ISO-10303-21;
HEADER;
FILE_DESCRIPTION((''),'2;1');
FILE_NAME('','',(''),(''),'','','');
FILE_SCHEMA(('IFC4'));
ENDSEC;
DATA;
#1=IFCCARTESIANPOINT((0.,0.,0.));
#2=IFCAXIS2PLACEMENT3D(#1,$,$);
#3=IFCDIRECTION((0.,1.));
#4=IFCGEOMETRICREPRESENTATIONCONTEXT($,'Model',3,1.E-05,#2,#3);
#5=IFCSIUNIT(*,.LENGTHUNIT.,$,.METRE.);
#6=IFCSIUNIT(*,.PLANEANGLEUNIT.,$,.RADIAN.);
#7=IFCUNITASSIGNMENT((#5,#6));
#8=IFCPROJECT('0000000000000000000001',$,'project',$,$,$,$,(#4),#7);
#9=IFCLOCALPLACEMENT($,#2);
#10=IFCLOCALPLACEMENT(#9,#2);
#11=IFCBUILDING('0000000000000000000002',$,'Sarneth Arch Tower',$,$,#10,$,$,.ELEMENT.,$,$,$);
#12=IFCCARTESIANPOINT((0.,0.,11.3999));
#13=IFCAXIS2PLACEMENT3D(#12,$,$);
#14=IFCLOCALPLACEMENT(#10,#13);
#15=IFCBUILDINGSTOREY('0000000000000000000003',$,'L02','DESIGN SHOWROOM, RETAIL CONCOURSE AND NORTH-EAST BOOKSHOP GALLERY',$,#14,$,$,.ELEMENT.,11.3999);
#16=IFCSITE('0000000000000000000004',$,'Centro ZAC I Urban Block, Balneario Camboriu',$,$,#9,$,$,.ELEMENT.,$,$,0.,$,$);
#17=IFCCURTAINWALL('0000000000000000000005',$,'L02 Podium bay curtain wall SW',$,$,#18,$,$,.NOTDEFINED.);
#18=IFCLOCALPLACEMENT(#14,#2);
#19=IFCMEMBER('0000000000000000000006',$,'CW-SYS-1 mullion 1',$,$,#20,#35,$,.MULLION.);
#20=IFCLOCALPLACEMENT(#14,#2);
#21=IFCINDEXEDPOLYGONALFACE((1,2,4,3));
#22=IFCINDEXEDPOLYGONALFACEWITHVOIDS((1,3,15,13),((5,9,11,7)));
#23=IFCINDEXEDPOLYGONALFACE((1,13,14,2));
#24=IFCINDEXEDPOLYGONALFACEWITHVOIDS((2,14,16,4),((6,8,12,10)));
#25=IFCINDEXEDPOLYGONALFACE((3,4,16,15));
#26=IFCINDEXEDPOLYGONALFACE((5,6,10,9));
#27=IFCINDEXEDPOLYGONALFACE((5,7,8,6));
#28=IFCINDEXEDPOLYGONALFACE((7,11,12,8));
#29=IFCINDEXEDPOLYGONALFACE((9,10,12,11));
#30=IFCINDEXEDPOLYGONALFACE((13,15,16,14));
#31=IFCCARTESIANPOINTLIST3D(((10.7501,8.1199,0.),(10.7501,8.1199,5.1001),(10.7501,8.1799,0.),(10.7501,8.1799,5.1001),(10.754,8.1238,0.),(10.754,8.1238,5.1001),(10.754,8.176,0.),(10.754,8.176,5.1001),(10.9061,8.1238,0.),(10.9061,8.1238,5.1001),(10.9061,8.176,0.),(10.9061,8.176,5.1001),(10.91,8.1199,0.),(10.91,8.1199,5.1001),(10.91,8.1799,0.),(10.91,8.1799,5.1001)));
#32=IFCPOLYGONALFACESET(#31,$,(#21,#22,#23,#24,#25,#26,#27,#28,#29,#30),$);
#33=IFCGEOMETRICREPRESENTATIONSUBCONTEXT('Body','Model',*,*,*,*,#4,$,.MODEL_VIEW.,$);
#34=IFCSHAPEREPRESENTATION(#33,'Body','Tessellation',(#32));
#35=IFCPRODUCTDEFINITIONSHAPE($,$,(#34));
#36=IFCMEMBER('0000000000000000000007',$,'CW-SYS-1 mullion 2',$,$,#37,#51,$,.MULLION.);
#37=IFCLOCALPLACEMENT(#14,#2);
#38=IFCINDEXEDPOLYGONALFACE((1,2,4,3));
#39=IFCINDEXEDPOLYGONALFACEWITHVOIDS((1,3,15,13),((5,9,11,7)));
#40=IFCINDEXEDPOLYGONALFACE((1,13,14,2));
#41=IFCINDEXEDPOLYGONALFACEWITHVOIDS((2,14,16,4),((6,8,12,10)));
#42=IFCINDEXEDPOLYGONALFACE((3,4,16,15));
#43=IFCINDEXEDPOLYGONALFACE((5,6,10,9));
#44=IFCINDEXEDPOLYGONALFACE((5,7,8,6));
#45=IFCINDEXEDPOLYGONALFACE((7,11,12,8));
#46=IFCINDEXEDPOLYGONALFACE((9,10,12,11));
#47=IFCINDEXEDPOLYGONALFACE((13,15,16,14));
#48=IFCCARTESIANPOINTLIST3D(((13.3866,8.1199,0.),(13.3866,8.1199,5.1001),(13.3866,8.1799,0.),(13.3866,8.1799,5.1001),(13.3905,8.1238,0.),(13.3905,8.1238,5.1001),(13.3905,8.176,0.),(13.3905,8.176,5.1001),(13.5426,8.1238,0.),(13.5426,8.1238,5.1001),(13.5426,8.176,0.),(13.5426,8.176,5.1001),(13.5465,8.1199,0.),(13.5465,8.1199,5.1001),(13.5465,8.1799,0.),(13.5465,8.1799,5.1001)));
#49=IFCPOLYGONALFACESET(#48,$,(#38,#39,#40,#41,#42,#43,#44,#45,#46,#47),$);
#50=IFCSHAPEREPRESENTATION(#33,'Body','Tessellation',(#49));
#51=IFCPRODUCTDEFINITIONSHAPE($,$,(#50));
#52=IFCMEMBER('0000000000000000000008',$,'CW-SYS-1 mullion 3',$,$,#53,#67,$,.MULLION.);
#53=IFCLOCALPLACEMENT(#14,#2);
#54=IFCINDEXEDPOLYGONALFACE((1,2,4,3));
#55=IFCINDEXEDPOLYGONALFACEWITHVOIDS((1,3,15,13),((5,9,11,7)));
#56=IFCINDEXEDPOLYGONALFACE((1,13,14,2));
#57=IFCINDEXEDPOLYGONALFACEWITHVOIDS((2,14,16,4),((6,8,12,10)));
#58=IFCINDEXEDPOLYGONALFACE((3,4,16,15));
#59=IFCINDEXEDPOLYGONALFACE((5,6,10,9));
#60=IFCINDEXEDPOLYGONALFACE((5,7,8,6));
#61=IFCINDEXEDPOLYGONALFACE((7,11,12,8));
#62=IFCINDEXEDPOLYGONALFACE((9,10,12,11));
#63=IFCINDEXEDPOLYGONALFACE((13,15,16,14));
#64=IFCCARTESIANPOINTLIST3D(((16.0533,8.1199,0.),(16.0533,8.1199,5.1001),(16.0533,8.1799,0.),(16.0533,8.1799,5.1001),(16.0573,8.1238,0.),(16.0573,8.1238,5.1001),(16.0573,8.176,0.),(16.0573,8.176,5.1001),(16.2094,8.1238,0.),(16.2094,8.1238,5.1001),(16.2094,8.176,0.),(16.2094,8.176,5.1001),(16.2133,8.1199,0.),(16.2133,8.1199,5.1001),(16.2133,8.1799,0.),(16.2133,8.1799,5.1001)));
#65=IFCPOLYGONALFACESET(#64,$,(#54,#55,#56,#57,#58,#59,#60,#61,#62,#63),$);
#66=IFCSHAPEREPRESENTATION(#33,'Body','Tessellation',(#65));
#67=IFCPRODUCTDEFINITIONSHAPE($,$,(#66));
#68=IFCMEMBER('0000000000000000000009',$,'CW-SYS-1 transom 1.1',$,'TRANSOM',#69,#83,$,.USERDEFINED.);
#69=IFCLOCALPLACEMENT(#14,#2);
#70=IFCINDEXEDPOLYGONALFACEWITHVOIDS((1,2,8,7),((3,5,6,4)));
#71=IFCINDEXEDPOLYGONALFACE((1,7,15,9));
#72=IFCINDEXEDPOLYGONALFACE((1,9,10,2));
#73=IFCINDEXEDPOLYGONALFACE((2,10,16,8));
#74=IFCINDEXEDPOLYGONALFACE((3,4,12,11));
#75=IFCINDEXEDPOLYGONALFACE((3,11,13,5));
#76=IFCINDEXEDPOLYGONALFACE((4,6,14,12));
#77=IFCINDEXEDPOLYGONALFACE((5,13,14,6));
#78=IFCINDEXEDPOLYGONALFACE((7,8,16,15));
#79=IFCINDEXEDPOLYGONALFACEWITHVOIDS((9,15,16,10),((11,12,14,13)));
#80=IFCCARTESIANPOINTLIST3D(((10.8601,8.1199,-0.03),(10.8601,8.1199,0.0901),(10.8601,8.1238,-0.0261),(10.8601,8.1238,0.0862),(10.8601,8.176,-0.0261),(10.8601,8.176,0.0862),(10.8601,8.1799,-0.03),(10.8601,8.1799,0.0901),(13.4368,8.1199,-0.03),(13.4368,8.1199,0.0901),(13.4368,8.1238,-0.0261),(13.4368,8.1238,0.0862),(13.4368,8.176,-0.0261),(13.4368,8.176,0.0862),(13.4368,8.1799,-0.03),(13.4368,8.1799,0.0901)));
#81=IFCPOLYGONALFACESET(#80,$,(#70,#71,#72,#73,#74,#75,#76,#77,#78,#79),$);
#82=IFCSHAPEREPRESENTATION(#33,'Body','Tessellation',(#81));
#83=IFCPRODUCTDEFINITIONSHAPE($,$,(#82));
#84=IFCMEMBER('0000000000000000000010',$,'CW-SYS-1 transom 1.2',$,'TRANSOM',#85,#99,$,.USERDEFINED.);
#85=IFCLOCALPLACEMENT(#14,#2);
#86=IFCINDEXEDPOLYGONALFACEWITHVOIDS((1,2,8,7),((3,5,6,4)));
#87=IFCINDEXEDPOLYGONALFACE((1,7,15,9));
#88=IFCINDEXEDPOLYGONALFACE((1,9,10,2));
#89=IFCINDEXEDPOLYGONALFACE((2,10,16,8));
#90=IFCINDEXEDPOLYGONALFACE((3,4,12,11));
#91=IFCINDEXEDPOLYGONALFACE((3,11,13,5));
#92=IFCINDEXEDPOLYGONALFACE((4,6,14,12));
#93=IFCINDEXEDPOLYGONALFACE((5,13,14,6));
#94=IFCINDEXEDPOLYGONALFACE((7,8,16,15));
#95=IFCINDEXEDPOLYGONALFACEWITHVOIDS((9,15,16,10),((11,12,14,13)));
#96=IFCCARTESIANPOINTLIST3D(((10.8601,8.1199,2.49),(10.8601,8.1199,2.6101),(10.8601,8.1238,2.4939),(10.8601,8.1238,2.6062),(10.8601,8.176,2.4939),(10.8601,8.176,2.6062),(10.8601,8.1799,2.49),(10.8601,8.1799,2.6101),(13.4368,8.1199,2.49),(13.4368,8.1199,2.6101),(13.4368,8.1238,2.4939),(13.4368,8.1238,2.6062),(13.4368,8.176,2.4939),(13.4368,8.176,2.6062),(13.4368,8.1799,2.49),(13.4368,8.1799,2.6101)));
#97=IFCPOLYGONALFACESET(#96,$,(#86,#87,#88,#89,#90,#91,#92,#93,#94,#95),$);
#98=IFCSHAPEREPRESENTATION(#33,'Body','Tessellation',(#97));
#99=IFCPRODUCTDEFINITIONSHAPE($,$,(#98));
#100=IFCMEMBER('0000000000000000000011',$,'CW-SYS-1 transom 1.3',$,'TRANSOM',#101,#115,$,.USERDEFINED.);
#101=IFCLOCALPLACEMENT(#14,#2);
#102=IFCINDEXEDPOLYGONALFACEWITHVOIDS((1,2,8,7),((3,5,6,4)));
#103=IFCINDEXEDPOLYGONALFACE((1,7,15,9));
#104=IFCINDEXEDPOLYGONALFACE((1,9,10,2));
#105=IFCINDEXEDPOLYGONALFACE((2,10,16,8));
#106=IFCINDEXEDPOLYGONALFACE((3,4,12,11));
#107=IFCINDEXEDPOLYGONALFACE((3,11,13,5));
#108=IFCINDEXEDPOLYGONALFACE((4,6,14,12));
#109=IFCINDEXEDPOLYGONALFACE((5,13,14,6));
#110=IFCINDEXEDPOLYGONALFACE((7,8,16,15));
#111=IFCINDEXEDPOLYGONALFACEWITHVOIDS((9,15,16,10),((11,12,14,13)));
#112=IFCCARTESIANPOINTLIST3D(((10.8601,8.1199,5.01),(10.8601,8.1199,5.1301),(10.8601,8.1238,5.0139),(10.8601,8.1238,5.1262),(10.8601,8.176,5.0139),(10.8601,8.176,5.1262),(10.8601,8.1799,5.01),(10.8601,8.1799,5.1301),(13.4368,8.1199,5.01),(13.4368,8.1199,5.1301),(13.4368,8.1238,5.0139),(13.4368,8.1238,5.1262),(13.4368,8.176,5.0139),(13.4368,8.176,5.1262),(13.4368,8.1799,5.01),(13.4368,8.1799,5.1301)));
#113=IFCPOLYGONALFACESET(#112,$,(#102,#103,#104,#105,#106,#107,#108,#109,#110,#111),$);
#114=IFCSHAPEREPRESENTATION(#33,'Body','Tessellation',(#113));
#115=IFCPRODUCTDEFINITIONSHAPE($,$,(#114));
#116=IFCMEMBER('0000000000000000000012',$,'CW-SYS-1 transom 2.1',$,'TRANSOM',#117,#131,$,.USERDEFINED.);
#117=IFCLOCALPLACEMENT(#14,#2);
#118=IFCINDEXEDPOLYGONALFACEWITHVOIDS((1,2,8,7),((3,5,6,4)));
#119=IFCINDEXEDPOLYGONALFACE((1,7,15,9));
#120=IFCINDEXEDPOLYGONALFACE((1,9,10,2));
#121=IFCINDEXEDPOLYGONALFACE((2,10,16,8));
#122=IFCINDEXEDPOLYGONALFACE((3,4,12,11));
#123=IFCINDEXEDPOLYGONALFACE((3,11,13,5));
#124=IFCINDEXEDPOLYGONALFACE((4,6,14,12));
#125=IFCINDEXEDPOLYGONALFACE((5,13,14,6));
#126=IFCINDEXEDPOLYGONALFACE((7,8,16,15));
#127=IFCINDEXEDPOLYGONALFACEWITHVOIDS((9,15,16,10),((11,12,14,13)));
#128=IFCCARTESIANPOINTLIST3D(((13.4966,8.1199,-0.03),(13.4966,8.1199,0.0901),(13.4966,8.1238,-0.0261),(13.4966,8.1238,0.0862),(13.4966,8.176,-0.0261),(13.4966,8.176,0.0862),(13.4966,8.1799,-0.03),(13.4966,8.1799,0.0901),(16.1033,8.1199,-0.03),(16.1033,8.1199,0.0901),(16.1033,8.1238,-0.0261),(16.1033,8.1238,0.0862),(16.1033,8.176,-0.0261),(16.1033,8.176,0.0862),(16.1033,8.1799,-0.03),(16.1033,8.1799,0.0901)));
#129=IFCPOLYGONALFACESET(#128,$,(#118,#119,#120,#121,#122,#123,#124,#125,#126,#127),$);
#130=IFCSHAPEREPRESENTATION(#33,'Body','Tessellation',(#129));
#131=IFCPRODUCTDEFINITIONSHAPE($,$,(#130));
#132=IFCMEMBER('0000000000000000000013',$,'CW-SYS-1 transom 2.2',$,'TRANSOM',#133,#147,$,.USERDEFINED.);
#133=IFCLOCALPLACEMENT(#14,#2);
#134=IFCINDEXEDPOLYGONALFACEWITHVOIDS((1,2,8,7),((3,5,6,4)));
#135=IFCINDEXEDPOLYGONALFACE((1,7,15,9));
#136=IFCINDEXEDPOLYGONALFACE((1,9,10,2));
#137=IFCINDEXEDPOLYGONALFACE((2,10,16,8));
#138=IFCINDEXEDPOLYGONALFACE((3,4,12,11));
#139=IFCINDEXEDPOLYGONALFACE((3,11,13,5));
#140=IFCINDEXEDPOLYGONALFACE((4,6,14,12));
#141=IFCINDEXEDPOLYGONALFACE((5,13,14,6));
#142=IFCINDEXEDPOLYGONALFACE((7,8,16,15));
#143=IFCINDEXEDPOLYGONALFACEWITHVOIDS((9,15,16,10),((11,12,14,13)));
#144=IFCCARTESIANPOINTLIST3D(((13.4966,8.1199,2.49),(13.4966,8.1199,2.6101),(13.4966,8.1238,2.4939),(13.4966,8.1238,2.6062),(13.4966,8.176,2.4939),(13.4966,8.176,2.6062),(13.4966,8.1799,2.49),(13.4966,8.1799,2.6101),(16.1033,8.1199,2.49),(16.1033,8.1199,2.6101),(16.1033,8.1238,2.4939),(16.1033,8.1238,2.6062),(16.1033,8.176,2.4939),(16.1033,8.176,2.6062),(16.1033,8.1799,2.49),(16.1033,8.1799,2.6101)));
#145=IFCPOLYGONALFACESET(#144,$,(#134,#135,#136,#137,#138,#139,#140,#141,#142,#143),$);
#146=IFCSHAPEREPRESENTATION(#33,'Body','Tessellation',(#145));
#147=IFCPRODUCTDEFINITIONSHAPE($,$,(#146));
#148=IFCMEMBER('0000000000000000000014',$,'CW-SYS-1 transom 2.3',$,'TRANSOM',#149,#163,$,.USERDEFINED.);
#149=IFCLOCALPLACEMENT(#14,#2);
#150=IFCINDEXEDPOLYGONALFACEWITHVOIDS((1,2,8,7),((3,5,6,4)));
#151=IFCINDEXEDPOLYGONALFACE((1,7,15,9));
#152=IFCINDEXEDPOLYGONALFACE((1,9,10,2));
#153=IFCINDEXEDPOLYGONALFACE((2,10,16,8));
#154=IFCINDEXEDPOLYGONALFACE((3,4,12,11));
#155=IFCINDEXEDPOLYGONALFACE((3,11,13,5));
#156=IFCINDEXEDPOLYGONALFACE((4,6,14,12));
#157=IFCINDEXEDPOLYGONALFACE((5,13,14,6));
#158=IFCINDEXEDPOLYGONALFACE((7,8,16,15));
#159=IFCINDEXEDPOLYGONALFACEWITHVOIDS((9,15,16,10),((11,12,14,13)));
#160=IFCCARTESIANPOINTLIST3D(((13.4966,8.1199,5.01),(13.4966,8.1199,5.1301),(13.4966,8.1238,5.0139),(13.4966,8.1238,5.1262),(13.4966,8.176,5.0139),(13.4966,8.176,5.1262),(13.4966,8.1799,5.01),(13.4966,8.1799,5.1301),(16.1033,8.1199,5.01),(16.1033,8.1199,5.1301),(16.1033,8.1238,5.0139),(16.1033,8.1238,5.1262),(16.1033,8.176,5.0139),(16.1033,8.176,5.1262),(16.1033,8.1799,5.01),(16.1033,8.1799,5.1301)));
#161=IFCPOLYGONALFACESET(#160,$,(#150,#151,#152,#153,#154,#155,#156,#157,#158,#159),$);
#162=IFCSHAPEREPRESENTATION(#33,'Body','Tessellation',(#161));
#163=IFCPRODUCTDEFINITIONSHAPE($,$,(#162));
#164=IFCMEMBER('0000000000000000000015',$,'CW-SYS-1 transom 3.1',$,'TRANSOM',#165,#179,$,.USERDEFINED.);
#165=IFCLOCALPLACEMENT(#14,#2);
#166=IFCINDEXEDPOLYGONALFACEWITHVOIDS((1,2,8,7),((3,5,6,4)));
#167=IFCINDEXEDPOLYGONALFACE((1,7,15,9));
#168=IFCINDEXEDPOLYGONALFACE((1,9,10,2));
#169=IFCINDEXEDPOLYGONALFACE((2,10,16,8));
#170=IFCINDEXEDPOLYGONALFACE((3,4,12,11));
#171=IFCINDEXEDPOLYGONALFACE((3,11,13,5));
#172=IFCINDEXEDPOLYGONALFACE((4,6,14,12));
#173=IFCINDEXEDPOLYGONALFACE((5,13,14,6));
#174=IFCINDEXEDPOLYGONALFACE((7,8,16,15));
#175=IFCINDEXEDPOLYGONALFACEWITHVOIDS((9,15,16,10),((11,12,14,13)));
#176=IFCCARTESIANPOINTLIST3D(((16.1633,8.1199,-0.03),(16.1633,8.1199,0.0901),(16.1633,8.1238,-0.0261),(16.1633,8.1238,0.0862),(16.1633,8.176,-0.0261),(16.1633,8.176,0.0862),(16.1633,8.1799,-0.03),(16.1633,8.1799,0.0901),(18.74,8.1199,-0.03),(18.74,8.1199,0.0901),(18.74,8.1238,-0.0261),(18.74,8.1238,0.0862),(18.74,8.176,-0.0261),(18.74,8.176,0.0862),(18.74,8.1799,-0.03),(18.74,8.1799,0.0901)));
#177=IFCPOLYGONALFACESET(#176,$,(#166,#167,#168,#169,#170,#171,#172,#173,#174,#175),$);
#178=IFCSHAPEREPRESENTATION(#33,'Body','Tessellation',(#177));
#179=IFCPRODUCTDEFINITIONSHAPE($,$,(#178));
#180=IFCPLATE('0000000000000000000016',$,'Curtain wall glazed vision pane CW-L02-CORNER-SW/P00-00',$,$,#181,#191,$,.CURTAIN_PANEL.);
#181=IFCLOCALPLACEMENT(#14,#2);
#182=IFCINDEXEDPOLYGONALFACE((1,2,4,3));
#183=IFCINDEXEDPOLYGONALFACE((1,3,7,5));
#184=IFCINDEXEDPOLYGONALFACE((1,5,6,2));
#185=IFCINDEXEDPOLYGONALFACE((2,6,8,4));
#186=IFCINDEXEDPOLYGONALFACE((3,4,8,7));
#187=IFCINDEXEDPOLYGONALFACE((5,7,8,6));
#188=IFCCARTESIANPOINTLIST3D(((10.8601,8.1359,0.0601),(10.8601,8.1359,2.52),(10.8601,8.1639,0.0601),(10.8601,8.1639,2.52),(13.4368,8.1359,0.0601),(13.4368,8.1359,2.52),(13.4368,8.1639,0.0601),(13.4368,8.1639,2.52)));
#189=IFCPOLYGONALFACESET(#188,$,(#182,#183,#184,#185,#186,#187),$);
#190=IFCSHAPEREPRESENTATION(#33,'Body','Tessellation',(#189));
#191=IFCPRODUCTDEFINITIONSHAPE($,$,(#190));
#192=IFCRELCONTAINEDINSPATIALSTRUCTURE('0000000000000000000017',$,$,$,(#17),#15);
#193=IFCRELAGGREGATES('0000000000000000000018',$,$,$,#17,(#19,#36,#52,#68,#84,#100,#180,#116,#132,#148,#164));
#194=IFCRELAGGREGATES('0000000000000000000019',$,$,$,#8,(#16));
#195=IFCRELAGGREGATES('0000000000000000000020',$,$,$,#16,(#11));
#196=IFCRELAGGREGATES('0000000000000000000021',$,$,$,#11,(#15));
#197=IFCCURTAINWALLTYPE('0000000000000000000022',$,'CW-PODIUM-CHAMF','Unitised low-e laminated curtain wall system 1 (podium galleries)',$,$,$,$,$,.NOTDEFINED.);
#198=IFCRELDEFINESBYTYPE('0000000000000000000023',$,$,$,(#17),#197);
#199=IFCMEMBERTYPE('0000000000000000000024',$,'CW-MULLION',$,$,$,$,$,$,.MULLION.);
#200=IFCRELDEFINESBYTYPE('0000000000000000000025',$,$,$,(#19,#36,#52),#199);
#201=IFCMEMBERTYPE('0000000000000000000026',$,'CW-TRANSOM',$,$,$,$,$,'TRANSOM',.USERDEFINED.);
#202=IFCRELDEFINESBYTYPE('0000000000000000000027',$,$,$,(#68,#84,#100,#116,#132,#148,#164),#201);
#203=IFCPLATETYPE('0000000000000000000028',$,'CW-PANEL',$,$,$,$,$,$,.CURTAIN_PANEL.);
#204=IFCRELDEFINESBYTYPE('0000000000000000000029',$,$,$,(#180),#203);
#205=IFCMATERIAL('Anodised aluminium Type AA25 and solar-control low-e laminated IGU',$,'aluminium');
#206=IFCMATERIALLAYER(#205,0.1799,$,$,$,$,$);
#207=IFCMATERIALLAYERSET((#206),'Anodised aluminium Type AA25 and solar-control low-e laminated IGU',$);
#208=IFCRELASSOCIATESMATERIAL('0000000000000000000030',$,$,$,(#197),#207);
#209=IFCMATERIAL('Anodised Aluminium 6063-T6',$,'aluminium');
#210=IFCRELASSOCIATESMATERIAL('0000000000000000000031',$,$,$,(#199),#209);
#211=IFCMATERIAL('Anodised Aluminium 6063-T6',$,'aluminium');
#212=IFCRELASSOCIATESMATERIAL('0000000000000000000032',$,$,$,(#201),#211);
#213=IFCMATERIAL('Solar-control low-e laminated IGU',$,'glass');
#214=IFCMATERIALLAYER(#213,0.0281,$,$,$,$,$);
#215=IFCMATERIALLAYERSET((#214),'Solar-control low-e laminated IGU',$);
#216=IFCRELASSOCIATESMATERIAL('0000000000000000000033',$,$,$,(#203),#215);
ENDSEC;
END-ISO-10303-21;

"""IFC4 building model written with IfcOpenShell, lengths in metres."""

from ifc_helpers import new_model, si_unit, direction, frame, origin, origin_2d, place, context, subcontext, project, spatial, rectangle, hollow_rectangle, extrude, material, layer, layer_set, material_profile, profile_set, type_object, element, aggregate, save


model = new_model("IFC4")

# Units and contexts
model_context = context("Model", 3, precision=1e-05, world=origin(), true_north=direction((0.0, 1.0)))
body_context = subcontext(model_context, "Body", "Model", "MODEL_VIEW")
ifc_project = project(units=[si_unit("LENGTHUNIT", "METRE"), si_unit("PLANEANGLEUNIT", "RADIAN")], contexts=[model_context])

# Site, building, storey
site_placement = place(None, origin())
site = spatial("IfcSite", under=ifc_project, at=site_placement, Name="Centro ZAC I Urban Block, Balneario Camboriu", CompositionType="ELEMENT", RefElevation=0.0)
building_placement = place(site_placement, origin())
building = spatial("IfcBuilding", under=site, at=building_placement, Name="Sarneth Arch Tower", CompositionType="ELEMENT")
storey_placement = place(building_placement, frame((0.0, 0.0, 11.3999)))
storey = spatial("IfcBuildingStorey", under=building, at=storey_placement, Name="L02", Description="DESIGN SHOWROOM, RETAIL CONCOURSE AND NORTH-EAST BOOKSHOP GALLERY", CompositionType="ELEMENT", Elevation=11.3999)

# Curtain wall, members, plate
ifc_material_1 = material(Name="Anodised aluminium Type AA25 and solar-control low-e laminated IGU", Category="aluminium")
ifc_layer_1 = layer(ifc_material_1, 0.1799)
ifc_layer_set_1 = layer_set([ifc_layer_1], Name="Anodised aluminium Type AA25 and solar-control low-e laminated IGU")
curtain_wall_type = type_object("IfcCurtainWallType", Name="CW-PODIUM-CHAMF", Description="Unitised low-e laminated curtain wall system 1 (podium galleries)", PredefinedType="NOTDEFINED", material=ifc_layer_set_1)
curtain_wall_placement = place(storey_placement, origin())
curtain_wall = element("IfcCurtainWall", 1, at=curtain_wall_placement, inside=storey, type_object=curtain_wall_type, Name="L02 Podium bay curtain wall SW", PredefinedType="NOTDEFINED")
ifc_material_2 = material(Name="Anodised Aluminium 6063-T6", Category="aluminium")
ifc_material_profile_1 = material_profile(ifc_material_2, hollow_rectangle(XDim=0.0601, YDim=0.1599, WallThickness=0.0039, at=origin_2d()), Name="AL-MULL-160x60x4")
ifc_profile_set_1 = profile_set([ifc_material_profile_1], Name="Anodised Aluminium 6063-T6")
member_type_1 = type_object("IfcMemberType", Name="CW-MULLION", PredefinedType="MULLION", material=ifc_profile_set_1)
member_1_placement = place(storey_placement, frame((10.8301, 8.1499, 0.0), z_axis=(0.0, 0.0, 1.0), x_axis=(0.0, 1.0, 0.0)))
member_1 = element("IfcMember", 2, at=member_1_placement, type_object=member_type_1, Name="CW-SYS-1 mullion 1", PredefinedType="MULLION", context=body_context, shape_type="SweptSolid", body=[
    extrude(hollow_rectangle(XDim=0.0601, YDim=0.1599, WallThickness=0.0039, at=origin_2d()), origin(), (0.0, 0.0, 1.0), 5.1001),
])
member_2_placement = place(storey_placement, frame((13.4666, 8.1499, 0.0), z_axis=(0.0, 0.0, 1.0), x_axis=(0.0, 1.0, 0.0)))
member_2 = element("IfcMember", 3, at=member_2_placement, type_object=member_type_1, Name="CW-SYS-1 mullion 2", PredefinedType="MULLION", context=body_context, shape_type="SweptSolid", body=[
    extrude(hollow_rectangle(XDim=0.0601, YDim=0.1599, WallThickness=0.0039, at=origin_2d()), origin(), (0.0, 0.0, 1.0), 5.1001),
])
member_3_placement = place(storey_placement, frame((16.1333, 8.1499, 0.0), z_axis=(0.0, 0.0, 1.0), x_axis=(0.0, 1.0, 0.0)))
member_3 = element("IfcMember", 4, at=member_3_placement, type_object=member_type_1, Name="CW-SYS-1 mullion 3", PredefinedType="MULLION", context=body_context, shape_type="SweptSolid", body=[
    extrude(hollow_rectangle(XDim=0.0601, YDim=0.1599, WallThickness=0.0039, at=origin_2d()), origin(), (0.0, 0.0, 1.0), 5.1001),
])
ifc_material_3 = material(Name="Anodised Aluminium 6063-T6", Category="aluminium")
ifc_material_profile_2 = material_profile(ifc_material_3, hollow_rectangle(XDim=0.0601, YDim=0.1201, WallThickness=0.0039, at=origin_2d()), Name="AL-TRAN-120x60x4")
ifc_profile_set_2 = profile_set([ifc_material_profile_2], Name="Anodised Aluminium 6063-T6")
member_type_2 = type_object("IfcMemberType", Name="CW-TRANSOM", ElementType="TRANSOM", PredefinedType="USERDEFINED", material=ifc_profile_set_2)
member_4_placement = place(storey_placement, frame((10.8601, 8.1499, 0.03), z_axis=(1.0, 0.0, 0.0), x_axis=(0.0, 1.0, 0.0)))
member_4 = element("IfcMember", 5, at=member_4_placement, type_object=member_type_2, Name="CW-SYS-1 transom 1.1", ObjectType="TRANSOM", PredefinedType="USERDEFINED", context=body_context, shape_type="SweptSolid", body=[
    extrude(hollow_rectangle(XDim=0.0601, YDim=0.1201, WallThickness=0.0039, at=origin_2d()), origin(), (0.0, 0.0, 1.0), 2.5767),
])
member_5_placement = place(storey_placement, frame((10.8601, 8.1499, 2.55), z_axis=(1.0, 0.0, 0.0), x_axis=(0.0, 1.0, 0.0)))
member_5 = element("IfcMember", 6, at=member_5_placement, type_object=member_type_2, Name="CW-SYS-1 transom 1.2", ObjectType="TRANSOM", PredefinedType="USERDEFINED", context=body_context, shape_type="SweptSolid", body=[
    extrude(hollow_rectangle(XDim=0.0601, YDim=0.1201, WallThickness=0.0039, at=origin_2d()), origin(), (0.0, 0.0, 1.0), 2.5767),
])
member_6_placement = place(storey_placement, frame((10.8601, 8.1499, 5.0701), z_axis=(1.0, 0.0, 0.0), x_axis=(0.0, 1.0, 0.0)))
member_6 = element("IfcMember", 7, at=member_6_placement, type_object=member_type_2, Name="CW-SYS-1 transom 1.3", ObjectType="TRANSOM", PredefinedType="USERDEFINED", context=body_context, shape_type="SweptSolid", body=[
    extrude(hollow_rectangle(XDim=0.0601, YDim=0.1201, WallThickness=0.0039, at=origin_2d()), origin(), (0.0, 0.0, 1.0), 2.5767),
])
member_7_placement = place(storey_placement, frame((13.4966, 8.1499, 0.03), z_axis=(1.0, 0.0, 0.0), x_axis=(0.0, 1.0, 0.0)))
member_7 = element("IfcMember", 8, at=member_7_placement, type_object=member_type_2, Name="CW-SYS-1 transom 2.1", ObjectType="TRANSOM", PredefinedType="USERDEFINED", context=body_context, shape_type="SweptSolid", body=[
    extrude(hollow_rectangle(XDim=0.0601, YDim=0.1201, WallThickness=0.0039, at=origin_2d()), origin(), (0.0, 0.0, 1.0), 2.6067),
])
member_8_placement = place(storey_placement, frame((13.4966, 8.1499, 2.55), z_axis=(1.0, 0.0, 0.0), x_axis=(0.0, 1.0, 0.0)))
member_8 = element("IfcMember", 9, at=member_8_placement, type_object=member_type_2, Name="CW-SYS-1 transom 2.2", ObjectType="TRANSOM", PredefinedType="USERDEFINED", context=body_context, shape_type="SweptSolid", body=[
    extrude(hollow_rectangle(XDim=0.0601, YDim=0.1201, WallThickness=0.0039, at=origin_2d()), origin(), (0.0, 0.0, 1.0), 2.6067),
])
member_9_placement = place(storey_placement, frame((13.4966, 8.1499, 5.0701), z_axis=(1.0, 0.0, 0.0), x_axis=(0.0, 1.0, 0.0)))
member_9 = element("IfcMember", 10, at=member_9_placement, type_object=member_type_2, Name="CW-SYS-1 transom 2.3", ObjectType="TRANSOM", PredefinedType="USERDEFINED", context=body_context, shape_type="SweptSolid", body=[
    extrude(hollow_rectangle(XDim=0.0601, YDim=0.1201, WallThickness=0.0039, at=origin_2d()), origin(), (0.0, 0.0, 1.0), 2.6067),
])
member_10_placement = place(storey_placement, frame((16.1633, 8.1499, 0.03), z_axis=(1.0, 0.0, 0.0), x_axis=(0.0, 1.0, 0.0)))
member_10 = element("IfcMember", 11, at=member_10_placement, type_object=member_type_2, Name="CW-SYS-1 transom 3.1", ObjectType="TRANSOM", PredefinedType="USERDEFINED", context=body_context, shape_type="SweptSolid", body=[
    extrude(hollow_rectangle(XDim=0.0601, YDim=0.1201, WallThickness=0.0039, at=origin_2d()), origin(), (0.0, 0.0, 1.0), 2.5767),
])
ifc_material_4 = material(Name="Solar-control low-e laminated IGU", Category="glass")
ifc_layer_2 = layer(ifc_material_4, 0.0281)
ifc_layer_set_2 = layer_set([ifc_layer_2], Name="Solar-control low-e laminated IGU")
plate_type = type_object("IfcPlateType", Name="CW-PANEL", PredefinedType="CURTAIN_PANEL", material=ifc_layer_set_2)
plate_1_placement = place(storey_placement, frame((12.1484, 8.1499, 0.0601), z_axis=(0.0, 0.0, 1.0), x_axis=(1.0, 0.0, 0.0)))
plate_1 = element("IfcPlate", 12, at=plate_1_placement, type_object=plate_type, Name="Curtain wall glazed vision pane CW-L02-CORNER-SW/P00-00", PredefinedType="CURTAIN_PANEL", context=body_context, shape_type="SweptSolid", body=[
    extrude(rectangle(XDim=2.5767, YDim=0.0281, at=origin_2d()), origin(), (0.0, 0.0, 1.0), 2.46),
])
aggregate(curtain_wall, [member_1, member_2, member_3, member_4, member_5, member_6, plate_1, member_7, member_8, member_9, member_10])

save(model, "model.ifc")
